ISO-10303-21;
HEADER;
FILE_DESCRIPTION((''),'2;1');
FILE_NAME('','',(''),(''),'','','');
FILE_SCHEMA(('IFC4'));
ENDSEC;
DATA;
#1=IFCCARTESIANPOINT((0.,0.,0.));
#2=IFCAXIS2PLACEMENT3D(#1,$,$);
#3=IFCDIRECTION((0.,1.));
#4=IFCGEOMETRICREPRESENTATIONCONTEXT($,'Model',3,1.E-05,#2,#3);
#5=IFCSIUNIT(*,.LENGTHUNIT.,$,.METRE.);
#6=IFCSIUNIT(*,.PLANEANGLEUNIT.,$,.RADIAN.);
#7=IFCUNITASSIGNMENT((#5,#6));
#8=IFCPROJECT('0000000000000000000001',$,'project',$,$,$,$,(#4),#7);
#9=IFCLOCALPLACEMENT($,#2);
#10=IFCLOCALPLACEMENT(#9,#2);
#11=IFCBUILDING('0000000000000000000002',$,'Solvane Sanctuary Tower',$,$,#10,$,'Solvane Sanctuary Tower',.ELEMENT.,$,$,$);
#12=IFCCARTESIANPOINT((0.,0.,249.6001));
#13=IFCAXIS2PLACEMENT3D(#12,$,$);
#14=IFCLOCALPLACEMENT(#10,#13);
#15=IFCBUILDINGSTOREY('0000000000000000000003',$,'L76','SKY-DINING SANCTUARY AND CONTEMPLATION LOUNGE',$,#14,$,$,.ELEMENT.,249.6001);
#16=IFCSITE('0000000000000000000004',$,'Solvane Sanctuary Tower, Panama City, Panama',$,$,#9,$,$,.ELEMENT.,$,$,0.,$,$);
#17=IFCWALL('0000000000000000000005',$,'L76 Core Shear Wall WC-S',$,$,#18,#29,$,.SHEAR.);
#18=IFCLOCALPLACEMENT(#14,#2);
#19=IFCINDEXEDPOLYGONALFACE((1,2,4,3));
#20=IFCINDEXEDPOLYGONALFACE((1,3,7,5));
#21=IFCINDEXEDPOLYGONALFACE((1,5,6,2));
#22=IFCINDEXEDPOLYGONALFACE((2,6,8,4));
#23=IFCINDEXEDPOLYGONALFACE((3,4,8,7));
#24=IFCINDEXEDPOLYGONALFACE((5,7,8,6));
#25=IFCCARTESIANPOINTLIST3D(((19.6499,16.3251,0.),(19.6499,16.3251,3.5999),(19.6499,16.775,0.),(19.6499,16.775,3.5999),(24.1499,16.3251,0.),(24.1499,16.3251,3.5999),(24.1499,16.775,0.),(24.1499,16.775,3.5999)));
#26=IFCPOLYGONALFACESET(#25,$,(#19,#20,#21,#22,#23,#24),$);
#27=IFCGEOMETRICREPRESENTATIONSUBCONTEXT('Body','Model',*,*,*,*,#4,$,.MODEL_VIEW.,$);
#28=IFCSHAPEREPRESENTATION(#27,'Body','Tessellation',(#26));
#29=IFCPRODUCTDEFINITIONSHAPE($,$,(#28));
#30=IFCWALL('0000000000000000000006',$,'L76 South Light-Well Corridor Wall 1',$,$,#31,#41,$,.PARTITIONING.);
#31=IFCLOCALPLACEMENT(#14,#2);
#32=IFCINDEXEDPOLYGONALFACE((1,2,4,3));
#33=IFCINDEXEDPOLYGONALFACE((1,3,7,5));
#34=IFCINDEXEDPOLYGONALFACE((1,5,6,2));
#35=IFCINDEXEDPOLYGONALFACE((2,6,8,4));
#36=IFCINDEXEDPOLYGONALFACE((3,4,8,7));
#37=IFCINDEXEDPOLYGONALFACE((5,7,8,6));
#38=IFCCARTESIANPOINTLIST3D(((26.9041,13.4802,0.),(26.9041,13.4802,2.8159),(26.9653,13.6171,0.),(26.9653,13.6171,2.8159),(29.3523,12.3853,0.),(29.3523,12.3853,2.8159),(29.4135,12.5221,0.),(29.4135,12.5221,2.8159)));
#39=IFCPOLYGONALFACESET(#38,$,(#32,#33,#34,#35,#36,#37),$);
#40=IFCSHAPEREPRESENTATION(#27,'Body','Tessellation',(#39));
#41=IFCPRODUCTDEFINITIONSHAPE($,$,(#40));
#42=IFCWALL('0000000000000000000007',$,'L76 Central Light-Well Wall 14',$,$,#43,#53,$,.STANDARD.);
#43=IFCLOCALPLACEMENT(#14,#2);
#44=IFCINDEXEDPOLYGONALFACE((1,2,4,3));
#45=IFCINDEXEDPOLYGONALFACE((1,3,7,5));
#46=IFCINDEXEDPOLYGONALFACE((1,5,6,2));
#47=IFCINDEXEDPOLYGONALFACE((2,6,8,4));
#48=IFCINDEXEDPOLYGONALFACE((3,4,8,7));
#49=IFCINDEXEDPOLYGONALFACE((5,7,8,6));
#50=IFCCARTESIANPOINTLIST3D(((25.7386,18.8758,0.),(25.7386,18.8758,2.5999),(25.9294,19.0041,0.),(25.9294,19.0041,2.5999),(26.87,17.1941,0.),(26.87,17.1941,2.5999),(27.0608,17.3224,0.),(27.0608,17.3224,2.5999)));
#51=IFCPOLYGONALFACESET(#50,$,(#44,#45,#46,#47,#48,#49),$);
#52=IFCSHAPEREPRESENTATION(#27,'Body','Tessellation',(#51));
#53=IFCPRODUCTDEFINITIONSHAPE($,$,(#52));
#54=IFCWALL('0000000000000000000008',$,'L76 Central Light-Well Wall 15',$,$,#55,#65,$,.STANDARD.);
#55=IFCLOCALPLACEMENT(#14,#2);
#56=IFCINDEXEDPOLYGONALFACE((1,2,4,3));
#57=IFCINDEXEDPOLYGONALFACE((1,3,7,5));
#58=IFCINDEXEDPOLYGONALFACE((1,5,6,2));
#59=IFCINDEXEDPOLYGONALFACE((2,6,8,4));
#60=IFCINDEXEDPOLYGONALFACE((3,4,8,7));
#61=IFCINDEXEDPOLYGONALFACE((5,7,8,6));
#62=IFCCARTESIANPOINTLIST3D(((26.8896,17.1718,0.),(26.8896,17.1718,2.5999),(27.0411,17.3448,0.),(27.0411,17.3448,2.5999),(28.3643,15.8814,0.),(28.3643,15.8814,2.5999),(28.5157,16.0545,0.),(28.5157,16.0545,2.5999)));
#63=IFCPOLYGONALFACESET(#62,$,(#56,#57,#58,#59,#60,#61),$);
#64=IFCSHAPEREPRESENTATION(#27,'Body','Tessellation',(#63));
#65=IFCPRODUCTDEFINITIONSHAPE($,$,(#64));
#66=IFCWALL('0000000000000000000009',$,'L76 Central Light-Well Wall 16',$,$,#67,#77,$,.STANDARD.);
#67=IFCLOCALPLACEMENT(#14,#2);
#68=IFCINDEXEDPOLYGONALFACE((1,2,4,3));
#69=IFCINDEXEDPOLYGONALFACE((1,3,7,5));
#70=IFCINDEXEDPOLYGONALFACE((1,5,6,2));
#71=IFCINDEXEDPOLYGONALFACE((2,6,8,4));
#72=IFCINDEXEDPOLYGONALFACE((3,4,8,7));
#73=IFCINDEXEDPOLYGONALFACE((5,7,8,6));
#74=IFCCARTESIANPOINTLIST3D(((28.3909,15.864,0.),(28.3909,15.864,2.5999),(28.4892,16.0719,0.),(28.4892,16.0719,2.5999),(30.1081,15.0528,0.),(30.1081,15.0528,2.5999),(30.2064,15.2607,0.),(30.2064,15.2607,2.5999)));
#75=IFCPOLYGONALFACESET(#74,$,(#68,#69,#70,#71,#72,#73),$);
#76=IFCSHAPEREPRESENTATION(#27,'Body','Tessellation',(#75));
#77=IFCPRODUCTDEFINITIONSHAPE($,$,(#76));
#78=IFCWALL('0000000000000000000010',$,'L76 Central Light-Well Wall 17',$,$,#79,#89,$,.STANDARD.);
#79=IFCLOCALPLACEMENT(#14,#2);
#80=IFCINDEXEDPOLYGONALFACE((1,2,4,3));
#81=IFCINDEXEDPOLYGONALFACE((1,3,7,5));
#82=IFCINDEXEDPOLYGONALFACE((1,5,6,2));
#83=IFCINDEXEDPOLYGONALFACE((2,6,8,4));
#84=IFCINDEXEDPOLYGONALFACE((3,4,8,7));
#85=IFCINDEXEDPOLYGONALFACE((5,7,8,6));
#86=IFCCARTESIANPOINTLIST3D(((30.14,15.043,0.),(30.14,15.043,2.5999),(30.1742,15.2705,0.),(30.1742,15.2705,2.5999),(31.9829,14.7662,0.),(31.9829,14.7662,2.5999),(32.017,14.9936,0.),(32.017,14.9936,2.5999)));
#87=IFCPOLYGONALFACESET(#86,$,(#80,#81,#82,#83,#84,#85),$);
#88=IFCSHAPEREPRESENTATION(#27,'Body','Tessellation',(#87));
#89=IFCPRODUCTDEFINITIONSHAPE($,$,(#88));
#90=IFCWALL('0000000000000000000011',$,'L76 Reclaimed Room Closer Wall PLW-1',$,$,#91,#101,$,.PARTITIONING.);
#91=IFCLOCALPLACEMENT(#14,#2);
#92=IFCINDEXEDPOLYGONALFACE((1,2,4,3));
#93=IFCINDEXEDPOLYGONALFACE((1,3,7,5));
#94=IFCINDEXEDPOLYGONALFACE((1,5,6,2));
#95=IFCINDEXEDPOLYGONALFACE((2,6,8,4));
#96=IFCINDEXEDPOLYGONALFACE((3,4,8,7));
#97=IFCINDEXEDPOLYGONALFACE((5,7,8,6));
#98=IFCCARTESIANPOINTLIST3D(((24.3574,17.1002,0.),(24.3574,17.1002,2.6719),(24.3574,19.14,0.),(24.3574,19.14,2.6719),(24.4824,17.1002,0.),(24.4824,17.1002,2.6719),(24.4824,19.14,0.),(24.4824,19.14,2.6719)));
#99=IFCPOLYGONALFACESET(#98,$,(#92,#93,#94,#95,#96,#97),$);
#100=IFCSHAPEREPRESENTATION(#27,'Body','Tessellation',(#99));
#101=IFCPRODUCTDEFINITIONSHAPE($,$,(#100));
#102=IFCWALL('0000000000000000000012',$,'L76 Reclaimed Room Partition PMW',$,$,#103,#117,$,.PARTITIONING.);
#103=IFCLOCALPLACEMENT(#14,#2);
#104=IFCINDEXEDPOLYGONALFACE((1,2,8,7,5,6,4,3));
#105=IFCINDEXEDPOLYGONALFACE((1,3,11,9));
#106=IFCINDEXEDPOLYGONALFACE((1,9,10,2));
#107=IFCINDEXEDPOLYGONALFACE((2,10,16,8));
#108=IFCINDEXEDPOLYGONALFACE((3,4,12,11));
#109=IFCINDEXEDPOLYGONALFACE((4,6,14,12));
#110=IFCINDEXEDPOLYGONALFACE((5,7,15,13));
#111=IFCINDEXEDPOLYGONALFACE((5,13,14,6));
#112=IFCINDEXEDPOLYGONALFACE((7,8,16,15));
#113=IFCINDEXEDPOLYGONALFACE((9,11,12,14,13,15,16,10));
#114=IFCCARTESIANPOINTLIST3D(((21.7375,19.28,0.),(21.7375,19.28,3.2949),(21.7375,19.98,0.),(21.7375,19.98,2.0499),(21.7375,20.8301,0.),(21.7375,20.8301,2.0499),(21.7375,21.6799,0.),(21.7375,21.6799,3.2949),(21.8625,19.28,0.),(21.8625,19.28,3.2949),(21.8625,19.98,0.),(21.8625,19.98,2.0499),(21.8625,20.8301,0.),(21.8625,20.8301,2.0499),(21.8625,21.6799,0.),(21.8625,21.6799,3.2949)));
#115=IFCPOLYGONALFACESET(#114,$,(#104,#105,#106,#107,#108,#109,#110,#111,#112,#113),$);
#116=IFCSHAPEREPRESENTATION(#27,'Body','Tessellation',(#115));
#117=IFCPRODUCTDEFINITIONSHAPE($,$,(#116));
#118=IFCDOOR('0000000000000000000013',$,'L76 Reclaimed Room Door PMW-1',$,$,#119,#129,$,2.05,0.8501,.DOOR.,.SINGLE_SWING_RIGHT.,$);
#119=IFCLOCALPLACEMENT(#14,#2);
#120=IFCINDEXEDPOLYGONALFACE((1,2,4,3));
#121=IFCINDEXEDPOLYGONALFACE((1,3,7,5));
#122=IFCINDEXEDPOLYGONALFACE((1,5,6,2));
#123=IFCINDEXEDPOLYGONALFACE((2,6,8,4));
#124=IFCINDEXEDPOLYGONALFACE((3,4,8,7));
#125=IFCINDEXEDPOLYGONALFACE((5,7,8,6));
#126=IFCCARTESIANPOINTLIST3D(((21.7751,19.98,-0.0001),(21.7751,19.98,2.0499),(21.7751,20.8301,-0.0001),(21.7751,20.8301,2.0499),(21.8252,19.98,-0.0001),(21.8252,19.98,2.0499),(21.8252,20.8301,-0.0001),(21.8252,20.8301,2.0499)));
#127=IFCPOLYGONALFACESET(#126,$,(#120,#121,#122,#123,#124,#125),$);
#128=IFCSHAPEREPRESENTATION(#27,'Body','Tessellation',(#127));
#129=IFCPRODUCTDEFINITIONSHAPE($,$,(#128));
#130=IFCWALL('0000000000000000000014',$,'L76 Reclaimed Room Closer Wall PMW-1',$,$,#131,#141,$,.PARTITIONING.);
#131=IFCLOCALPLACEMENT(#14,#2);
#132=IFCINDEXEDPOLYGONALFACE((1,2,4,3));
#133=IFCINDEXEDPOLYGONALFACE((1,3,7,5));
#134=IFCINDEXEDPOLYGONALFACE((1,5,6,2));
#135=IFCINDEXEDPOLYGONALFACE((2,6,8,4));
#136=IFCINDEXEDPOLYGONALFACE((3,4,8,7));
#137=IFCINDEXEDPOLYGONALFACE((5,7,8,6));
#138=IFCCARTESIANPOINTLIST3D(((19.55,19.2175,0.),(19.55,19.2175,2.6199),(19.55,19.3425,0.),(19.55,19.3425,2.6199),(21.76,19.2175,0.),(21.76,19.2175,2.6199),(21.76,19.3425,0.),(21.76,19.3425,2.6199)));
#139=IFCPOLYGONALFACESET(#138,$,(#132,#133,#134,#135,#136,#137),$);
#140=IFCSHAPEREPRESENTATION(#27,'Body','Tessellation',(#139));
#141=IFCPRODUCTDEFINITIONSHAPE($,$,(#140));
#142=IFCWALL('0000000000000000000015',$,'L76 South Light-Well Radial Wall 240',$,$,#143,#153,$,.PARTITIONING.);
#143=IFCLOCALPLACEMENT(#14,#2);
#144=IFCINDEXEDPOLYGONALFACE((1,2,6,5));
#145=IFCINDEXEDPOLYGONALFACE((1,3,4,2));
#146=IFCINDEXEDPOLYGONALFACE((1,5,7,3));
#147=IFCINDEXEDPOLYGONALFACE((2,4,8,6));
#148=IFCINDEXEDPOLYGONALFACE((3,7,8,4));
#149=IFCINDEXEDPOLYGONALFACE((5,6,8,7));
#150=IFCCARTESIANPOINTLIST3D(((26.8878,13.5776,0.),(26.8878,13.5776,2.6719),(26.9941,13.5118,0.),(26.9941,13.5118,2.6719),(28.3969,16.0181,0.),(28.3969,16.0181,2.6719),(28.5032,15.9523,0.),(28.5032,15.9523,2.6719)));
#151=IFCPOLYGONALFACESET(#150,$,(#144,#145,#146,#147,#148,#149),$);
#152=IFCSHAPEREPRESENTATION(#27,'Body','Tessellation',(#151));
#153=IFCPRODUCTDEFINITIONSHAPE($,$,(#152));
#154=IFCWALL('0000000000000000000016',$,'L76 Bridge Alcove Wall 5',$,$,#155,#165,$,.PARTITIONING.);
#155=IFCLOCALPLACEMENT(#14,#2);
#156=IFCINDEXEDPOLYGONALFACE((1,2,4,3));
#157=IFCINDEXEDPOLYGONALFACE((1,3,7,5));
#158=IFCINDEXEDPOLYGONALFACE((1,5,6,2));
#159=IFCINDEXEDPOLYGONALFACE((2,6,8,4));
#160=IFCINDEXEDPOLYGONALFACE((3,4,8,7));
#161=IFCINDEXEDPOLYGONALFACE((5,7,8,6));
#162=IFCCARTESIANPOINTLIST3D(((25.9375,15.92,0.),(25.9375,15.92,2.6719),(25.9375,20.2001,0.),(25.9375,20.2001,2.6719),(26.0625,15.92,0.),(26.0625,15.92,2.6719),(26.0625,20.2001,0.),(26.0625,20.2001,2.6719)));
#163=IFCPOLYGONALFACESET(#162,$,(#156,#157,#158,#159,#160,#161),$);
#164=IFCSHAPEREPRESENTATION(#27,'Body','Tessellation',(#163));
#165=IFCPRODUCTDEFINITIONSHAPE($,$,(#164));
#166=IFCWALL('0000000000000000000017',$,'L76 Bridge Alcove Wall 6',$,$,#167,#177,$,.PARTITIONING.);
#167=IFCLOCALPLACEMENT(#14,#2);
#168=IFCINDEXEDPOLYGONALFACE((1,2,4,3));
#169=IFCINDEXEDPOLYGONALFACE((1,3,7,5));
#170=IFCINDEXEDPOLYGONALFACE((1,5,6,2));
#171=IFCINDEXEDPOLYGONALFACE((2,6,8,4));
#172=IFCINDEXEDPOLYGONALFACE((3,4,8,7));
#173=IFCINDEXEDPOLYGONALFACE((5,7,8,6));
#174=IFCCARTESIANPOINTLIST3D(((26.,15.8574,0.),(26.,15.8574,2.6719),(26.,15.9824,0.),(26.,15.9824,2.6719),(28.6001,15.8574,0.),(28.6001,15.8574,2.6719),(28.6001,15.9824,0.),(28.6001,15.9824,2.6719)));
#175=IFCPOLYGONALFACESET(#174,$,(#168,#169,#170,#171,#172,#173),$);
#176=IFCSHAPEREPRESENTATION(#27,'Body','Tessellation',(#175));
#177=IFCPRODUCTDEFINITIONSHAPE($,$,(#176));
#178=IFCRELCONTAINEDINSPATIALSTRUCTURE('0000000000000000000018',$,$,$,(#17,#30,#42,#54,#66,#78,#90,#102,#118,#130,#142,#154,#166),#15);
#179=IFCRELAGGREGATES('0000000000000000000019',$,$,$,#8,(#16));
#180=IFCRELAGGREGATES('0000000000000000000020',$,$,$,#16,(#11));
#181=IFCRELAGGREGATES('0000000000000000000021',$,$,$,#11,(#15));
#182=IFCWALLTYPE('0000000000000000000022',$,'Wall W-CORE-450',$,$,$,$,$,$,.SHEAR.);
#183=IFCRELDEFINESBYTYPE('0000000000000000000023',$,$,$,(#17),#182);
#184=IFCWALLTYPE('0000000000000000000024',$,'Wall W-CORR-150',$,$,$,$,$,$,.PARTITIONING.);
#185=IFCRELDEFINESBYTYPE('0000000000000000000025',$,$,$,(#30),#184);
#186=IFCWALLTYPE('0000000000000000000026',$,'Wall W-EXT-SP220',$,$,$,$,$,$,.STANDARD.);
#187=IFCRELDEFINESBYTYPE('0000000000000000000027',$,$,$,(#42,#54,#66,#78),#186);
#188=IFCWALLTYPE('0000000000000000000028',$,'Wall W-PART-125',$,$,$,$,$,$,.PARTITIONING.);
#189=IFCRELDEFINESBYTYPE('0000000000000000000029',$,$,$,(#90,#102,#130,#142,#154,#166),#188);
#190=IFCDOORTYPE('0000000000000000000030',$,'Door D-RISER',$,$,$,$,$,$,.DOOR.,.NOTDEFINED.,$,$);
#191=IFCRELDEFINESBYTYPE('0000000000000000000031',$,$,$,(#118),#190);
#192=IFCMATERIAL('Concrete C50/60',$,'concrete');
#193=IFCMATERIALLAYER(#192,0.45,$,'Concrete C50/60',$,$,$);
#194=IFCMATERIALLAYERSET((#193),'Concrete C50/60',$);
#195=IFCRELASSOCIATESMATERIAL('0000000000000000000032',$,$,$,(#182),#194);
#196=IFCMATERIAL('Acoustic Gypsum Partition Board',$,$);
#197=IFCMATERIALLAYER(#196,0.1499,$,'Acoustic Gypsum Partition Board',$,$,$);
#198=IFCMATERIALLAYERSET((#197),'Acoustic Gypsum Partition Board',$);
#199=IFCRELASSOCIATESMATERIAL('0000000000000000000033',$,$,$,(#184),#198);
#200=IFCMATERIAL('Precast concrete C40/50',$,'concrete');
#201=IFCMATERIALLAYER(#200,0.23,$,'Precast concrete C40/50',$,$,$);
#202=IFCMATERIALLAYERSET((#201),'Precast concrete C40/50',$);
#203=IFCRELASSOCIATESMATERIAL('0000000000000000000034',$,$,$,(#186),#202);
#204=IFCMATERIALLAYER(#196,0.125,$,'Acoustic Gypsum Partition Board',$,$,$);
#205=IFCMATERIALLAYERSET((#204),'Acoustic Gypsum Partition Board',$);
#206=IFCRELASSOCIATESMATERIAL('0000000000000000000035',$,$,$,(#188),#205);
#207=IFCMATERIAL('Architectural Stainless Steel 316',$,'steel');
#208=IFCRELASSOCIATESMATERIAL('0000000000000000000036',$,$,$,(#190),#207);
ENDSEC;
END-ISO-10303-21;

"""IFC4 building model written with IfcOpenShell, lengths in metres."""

from ifc_helpers import new_model, si_unit, direction, frame, frame_2d, origin, place, context, subcontext, project, spatial, rectangle, extrude, material, layer, layer_set, type_object, element, fill, save


model = new_model("IFC4")

# Units and contexts
model_context = context("Model", 3, precision=1e-05, world=origin(), true_north=direction((0.0, 1.0)))
body_context = subcontext(model_context, "Body", "Model", "MODEL_VIEW")
ifc_project = project(units=[si_unit("LENGTHUNIT", "METRE"), si_unit("PLANEANGLEUNIT", "RADIAN")], contexts=[model_context])

# Site, building, storey
site_placement = place(None, origin())
site = spatial("IfcSite", under=ifc_project, at=site_placement, Name="Solvane Sanctuary Tower, Panama City, Panama", CompositionType="ELEMENT", RefElevation=0.0)
building_placement = place(site_placement, origin())
building = spatial("IfcBuilding", under=site, at=building_placement, Name="Solvane Sanctuary Tower", LongName="Solvane Sanctuary Tower", CompositionType="ELEMENT")
storey_placement = place(building_placement, frame((0.0, 0.0, 249.6001)))
storey = spatial("IfcBuildingStorey", under=building, at=storey_placement, Name="L76", Description="SKY-DINING SANCTUARY AND CONTEMPLATION LOUNGE", CompositionType="ELEMENT", Elevation=249.6001)

# Walls
ifc_material_1 = material(Name="Concrete C50/60", Category="concrete")
ifc_layer_1 = layer(ifc_material_1, 0.45, Name="Concrete C50/60")
ifc_layer_set_1 = layer_set([ifc_layer_1], Name="Concrete C50/60")
wall_type_1 = type_object("IfcWallType", Name="Wall W-CORE-450", PredefinedType="SHEAR", material=ifc_layer_set_1)
wall_1_placement = place(storey_placement, frame((19.6499, 16.55, 0.0), z_axis=(0.0, 0.0, 1.0), x_axis=(1.0, 0.0, 0.0)))
element("IfcWall", 1, at=wall_1_placement, inside=storey, type_object=wall_type_1, Name="L76 Core Shear Wall WC-S", PredefinedType="SHEAR", context=body_context, shape_type="SweptSolid", body=[
    extrude(rectangle(XDim=4.5, YDim=0.45, at=frame_2d((2.25, 0.0))), origin(), (0.0, 0.0, 1.0), 3.5999),
])
ifc_material_2 = material(Name="Acoustic Gypsum Partition Board")
ifc_layer_2 = layer(ifc_material_2, 0.1499, Name="Acoustic Gypsum Partition Board")
ifc_layer_set_2 = layer_set([ifc_layer_2], Name="Acoustic Gypsum Partition Board")
wall_type_2 = type_object("IfcWallType", Name="Wall W-CORR-150", PredefinedType="PARTITIONING", material=ifc_layer_set_2)
wall_2_placement = place(storey_placement, frame((26.9348, 13.5486, 0.0), z_axis=(0.0, 0.0, 1.0), x_axis=(0.912859, -0.408274, 0.0)))
element("IfcWall", 2, at=wall_2_placement, inside=storey, type_object=wall_type_2, Name="L76 South Light-Well Corridor Wall 1", PredefinedType="PARTITIONING", context=body_context, shape_type="SweptSolid", body=[
    extrude(rectangle(XDim=2.6819, YDim=0.1499, at=frame_2d((1.3408, 0.0))), origin(), (0.0, 0.0, 1.0), 2.8159),
])
ifc_material_3 = material(Name="Precast concrete C40/50", Category="concrete")
ifc_layer_3 = layer(ifc_material_3, 0.23, Name="Precast concrete C40/50")
ifc_layer_set_3 = layer_set([ifc_layer_3], Name="Precast concrete C40/50")
wall_type_3 = type_object("IfcWallType", Name="Wall W-EXT-SP220", PredefinedType="STANDARD", material=ifc_layer_set_3)
wall_3_placement = place(storey_placement, frame((25.834, 18.9399, 0.0), z_axis=(0.0, 0.0, 1.0), x_axis=(0.558198, -0.829708, 0.0)))
element("IfcWall", 3, at=wall_3_placement, inside=storey, type_object=wall_type_3, Name="L76 Central Light-Well Wall 14", PredefinedType="STANDARD", context=body_context, shape_type="SweptSolid", body=[
    extrude(rectangle(XDim=2.0269, YDim=0.23, at=frame_2d((1.0134, 0.0))), origin(), (0.0, 0.0, 1.0), 2.5999),
])
wall_4_placement = place(storey_placement, frame((26.9653, 17.2583, 0.0), z_axis=(0.0, 0.0, 1.0), x_axis=(0.752577, -0.658505, 0.0)))
element("IfcWall", 4, at=wall_4_placement, inside=storey, type_object=wall_type_3, Name="L76 Central Light-Well Wall 15", PredefinedType="STANDARD", context=body_context, shape_type="SweptSolid", body=[
    extrude(rectangle(XDim=1.9595, YDim=0.23, at=frame_2d((0.9797, 0.0))), origin(), (0.0, 0.0, 1.0), 2.5999),
])
wall_5_placement = place(storey_placement, frame((28.4399, 15.968, 0.0), z_axis=(0.0, 0.0, 1.0), x_axis=(0.90418, -0.427152, 0.0)))
element("IfcWall", 5, at=wall_5_placement, inside=storey, type_object=wall_type_3, Name="L76 Central Light-Well Wall 16", PredefinedType="STANDARD", context=body_context, shape_type="SweptSolid", body=[
    extrude(rectangle(XDim=1.8992, YDim=0.23, at=frame_2d((0.9497, 0.0))), origin(), (0.0, 0.0, 1.0), 2.5999),
])
wall_6_placement = place(storey_placement, frame((30.1572, 15.1567, 0.0), z_axis=(0.0, 0.0, 1.0), x_axis=(0.988902, -0.148571, 0.0)))
element("IfcWall", 6, at=wall_6_placement, inside=storey, type_object=wall_type_3, Name="L76 Central Light-Well Wall 17", PredefinedType="STANDARD", context=body_context, shape_type="SweptSolid", body=[
    extrude(rectangle(XDim=1.8635, YDim=0.23, at=frame_2d((0.9316, 0.0))), origin(), (0.0, 0.0, 1.0), 2.5999),
])
ifc_layer_4 = layer(ifc_material_2, 0.125, Name="Acoustic Gypsum Partition Board")
ifc_layer_set_4 = layer_set([ifc_layer_4], Name="Acoustic Gypsum Partition Board")
wall_type_4 = type_object("IfcWallType", Name="Wall W-PART-125", PredefinedType="PARTITIONING", material=ifc_layer_set_4)
wall_7_placement = place(storey_placement, frame((24.4199, 17.1001, 0.0), z_axis=(0.0, 0.0, 1.0), x_axis=(0.0, 1.0, 0.0)))
element("IfcWall", 7, at=wall_7_placement, inside=storey, type_object=wall_type_4, Name="L76 Reclaimed Room Closer Wall PLW-1", PredefinedType="PARTITIONING", context=body_context, shape_type="SweptSolid", body=[
    extrude(rectangle(XDim=2.0398, YDim=0.125, at=frame_2d((1.02, 0.0))), origin(), (0.0, 0.0, 1.0), 2.6719),
])

# Wall, opening, door
wall_8_placement = place(storey_placement, frame((21.8, 19.28, 0.0), z_axis=(0.0, 0.0, 1.0), x_axis=(0.0, 1.0, 0.0)))
wall_8 = element("IfcWall", 8, at=wall_8_placement, inside=storey, type_object=wall_type_4, Name="L76 Reclaimed Room Partition PMW", PredefinedType="PARTITIONING", context=body_context, shape_type="SweptSolid", body=[
    extrude(rectangle(XDim=2.3999, YDim=0.125, at=frame_2d((1.2, 0.0))), origin(), (0.0, 0.0, 1.0), 3.2949),
])
opening_placement = place(wall_8_placement, frame((0.7, 0.0, 0.0)))
opening = element("IfcOpeningElement", 9, at=opening_placement, cuts=wall_8, PredefinedType="OPENING", context=body_context, shape_type="SweptSolid", body=[
    extrude(rectangle(XDim=0.8501, YDim=2.05, at=frame_2d((0.425, 1.0249))), frame((0.0, 0.0725, 0.0), z_axis=(0.0, -1.0, 0.0), x_axis=(1.0, 0.0, 0.0)), (0.0, 0.0, 1.0), 0.145),
])
ifc_material_4 = material(Name="Architectural Stainless Steel 316", Category="steel")
door_type = type_object("IfcDoorType", Name="Door D-RISER", OperationType="NOTDEFINED", PredefinedType="DOOR", material=ifc_material_4)
door_placement = place(opening_placement, origin())
door = element("IfcDoor", 10, at=door_placement, inside=storey, type_object=door_type, Name="L76 Reclaimed Room Door PMW-1", OperationType="SINGLE_SWING_RIGHT", OverallHeight=2.05, OverallWidth=0.8501, PredefinedType="DOOR", context=body_context, shape_type="SweptSolid", body=[
    extrude(rectangle(XDim=0.8501, YDim=2.05, at=frame_2d((0.425, 1.0249))), frame((0.0, 0.0249, 0.0), z_axis=(0.0, -1.0, 0.0), x_axis=(1.0, 0.0, 0.0)), (0.0, 0.0, 1.0), 0.05),
])
fill(opening, door)

# Walls
wall_9_placement = place(storey_placement, frame((19.55, 19.28, 0.0), z_axis=(0.0, 0.0, 1.0), x_axis=(1.0, 0.0, 0.0)))
element("IfcWall", 11, at=wall_9_placement, inside=storey, type_object=wall_type_4, Name="L76 Reclaimed Room Closer Wall PMW-1", PredefinedType="PARTITIONING", context=body_context, shape_type="SweptSolid", body=[
    extrude(rectangle(XDim=2.21, YDim=0.125, at=frame_2d((1.105, 0.0))), origin(), (0.0, 0.0, 1.0), 2.6199),
])
wall_10_placement = place(storey_placement, frame((28.45, 15.9851, 0.0), z_axis=(0.0, 0.0, 1.0), x_axis=(-0.525924, -0.850532, 0.0)))
element("IfcWall", 12, at=wall_10_placement, inside=storey, type_object=wall_type_4, Name="L76 South Light-Well Radial Wall 240", PredefinedType="PARTITIONING", context=body_context, shape_type="SweptSolid", body=[
    extrude(rectangle(XDim=2.8694, YDim=0.125, at=frame_2d((1.4346, 0.0))), origin(), (0.0, 0.0, 1.0), 2.6719),
])
wall_11_placement = place(storey_placement, frame((26.0, 15.9199, 0.0), z_axis=(0.0, 0.0, 1.0), x_axis=(0.0, 1.0, 0.0)))
element("IfcWall", 13, at=wall_11_placement, inside=storey, type_object=wall_type_4, Name="L76 Bridge Alcove Wall 5", PredefinedType="PARTITIONING", context=body_context, shape_type="SweptSolid", body=[
    extrude(rectangle(XDim=4.28, YDim=0.125, at=frame_2d((2.1401, 0.0))), origin(), (0.0, 0.0, 1.0), 2.6719),
])
wall_12_placement = place(storey_placement, frame((26.0, 15.9199, 0.0), z_axis=(0.0, 0.0, 1.0), x_axis=(1.0, 0.0, 0.0)))
element("IfcWall", 14, at=wall_12_placement, inside=storey, type_object=wall_type_4, Name="L76 Bridge Alcove Wall 6", PredefinedType="PARTITIONING", context=body_context, shape_type="SweptSolid", body=[
    extrude(rectangle(XDim=2.6001, YDim=0.125, at=frame_2d((1.3, 0.0))), origin(), (0.0, 0.0, 1.0), 2.6719),
])

save(model, "model.ifc")
